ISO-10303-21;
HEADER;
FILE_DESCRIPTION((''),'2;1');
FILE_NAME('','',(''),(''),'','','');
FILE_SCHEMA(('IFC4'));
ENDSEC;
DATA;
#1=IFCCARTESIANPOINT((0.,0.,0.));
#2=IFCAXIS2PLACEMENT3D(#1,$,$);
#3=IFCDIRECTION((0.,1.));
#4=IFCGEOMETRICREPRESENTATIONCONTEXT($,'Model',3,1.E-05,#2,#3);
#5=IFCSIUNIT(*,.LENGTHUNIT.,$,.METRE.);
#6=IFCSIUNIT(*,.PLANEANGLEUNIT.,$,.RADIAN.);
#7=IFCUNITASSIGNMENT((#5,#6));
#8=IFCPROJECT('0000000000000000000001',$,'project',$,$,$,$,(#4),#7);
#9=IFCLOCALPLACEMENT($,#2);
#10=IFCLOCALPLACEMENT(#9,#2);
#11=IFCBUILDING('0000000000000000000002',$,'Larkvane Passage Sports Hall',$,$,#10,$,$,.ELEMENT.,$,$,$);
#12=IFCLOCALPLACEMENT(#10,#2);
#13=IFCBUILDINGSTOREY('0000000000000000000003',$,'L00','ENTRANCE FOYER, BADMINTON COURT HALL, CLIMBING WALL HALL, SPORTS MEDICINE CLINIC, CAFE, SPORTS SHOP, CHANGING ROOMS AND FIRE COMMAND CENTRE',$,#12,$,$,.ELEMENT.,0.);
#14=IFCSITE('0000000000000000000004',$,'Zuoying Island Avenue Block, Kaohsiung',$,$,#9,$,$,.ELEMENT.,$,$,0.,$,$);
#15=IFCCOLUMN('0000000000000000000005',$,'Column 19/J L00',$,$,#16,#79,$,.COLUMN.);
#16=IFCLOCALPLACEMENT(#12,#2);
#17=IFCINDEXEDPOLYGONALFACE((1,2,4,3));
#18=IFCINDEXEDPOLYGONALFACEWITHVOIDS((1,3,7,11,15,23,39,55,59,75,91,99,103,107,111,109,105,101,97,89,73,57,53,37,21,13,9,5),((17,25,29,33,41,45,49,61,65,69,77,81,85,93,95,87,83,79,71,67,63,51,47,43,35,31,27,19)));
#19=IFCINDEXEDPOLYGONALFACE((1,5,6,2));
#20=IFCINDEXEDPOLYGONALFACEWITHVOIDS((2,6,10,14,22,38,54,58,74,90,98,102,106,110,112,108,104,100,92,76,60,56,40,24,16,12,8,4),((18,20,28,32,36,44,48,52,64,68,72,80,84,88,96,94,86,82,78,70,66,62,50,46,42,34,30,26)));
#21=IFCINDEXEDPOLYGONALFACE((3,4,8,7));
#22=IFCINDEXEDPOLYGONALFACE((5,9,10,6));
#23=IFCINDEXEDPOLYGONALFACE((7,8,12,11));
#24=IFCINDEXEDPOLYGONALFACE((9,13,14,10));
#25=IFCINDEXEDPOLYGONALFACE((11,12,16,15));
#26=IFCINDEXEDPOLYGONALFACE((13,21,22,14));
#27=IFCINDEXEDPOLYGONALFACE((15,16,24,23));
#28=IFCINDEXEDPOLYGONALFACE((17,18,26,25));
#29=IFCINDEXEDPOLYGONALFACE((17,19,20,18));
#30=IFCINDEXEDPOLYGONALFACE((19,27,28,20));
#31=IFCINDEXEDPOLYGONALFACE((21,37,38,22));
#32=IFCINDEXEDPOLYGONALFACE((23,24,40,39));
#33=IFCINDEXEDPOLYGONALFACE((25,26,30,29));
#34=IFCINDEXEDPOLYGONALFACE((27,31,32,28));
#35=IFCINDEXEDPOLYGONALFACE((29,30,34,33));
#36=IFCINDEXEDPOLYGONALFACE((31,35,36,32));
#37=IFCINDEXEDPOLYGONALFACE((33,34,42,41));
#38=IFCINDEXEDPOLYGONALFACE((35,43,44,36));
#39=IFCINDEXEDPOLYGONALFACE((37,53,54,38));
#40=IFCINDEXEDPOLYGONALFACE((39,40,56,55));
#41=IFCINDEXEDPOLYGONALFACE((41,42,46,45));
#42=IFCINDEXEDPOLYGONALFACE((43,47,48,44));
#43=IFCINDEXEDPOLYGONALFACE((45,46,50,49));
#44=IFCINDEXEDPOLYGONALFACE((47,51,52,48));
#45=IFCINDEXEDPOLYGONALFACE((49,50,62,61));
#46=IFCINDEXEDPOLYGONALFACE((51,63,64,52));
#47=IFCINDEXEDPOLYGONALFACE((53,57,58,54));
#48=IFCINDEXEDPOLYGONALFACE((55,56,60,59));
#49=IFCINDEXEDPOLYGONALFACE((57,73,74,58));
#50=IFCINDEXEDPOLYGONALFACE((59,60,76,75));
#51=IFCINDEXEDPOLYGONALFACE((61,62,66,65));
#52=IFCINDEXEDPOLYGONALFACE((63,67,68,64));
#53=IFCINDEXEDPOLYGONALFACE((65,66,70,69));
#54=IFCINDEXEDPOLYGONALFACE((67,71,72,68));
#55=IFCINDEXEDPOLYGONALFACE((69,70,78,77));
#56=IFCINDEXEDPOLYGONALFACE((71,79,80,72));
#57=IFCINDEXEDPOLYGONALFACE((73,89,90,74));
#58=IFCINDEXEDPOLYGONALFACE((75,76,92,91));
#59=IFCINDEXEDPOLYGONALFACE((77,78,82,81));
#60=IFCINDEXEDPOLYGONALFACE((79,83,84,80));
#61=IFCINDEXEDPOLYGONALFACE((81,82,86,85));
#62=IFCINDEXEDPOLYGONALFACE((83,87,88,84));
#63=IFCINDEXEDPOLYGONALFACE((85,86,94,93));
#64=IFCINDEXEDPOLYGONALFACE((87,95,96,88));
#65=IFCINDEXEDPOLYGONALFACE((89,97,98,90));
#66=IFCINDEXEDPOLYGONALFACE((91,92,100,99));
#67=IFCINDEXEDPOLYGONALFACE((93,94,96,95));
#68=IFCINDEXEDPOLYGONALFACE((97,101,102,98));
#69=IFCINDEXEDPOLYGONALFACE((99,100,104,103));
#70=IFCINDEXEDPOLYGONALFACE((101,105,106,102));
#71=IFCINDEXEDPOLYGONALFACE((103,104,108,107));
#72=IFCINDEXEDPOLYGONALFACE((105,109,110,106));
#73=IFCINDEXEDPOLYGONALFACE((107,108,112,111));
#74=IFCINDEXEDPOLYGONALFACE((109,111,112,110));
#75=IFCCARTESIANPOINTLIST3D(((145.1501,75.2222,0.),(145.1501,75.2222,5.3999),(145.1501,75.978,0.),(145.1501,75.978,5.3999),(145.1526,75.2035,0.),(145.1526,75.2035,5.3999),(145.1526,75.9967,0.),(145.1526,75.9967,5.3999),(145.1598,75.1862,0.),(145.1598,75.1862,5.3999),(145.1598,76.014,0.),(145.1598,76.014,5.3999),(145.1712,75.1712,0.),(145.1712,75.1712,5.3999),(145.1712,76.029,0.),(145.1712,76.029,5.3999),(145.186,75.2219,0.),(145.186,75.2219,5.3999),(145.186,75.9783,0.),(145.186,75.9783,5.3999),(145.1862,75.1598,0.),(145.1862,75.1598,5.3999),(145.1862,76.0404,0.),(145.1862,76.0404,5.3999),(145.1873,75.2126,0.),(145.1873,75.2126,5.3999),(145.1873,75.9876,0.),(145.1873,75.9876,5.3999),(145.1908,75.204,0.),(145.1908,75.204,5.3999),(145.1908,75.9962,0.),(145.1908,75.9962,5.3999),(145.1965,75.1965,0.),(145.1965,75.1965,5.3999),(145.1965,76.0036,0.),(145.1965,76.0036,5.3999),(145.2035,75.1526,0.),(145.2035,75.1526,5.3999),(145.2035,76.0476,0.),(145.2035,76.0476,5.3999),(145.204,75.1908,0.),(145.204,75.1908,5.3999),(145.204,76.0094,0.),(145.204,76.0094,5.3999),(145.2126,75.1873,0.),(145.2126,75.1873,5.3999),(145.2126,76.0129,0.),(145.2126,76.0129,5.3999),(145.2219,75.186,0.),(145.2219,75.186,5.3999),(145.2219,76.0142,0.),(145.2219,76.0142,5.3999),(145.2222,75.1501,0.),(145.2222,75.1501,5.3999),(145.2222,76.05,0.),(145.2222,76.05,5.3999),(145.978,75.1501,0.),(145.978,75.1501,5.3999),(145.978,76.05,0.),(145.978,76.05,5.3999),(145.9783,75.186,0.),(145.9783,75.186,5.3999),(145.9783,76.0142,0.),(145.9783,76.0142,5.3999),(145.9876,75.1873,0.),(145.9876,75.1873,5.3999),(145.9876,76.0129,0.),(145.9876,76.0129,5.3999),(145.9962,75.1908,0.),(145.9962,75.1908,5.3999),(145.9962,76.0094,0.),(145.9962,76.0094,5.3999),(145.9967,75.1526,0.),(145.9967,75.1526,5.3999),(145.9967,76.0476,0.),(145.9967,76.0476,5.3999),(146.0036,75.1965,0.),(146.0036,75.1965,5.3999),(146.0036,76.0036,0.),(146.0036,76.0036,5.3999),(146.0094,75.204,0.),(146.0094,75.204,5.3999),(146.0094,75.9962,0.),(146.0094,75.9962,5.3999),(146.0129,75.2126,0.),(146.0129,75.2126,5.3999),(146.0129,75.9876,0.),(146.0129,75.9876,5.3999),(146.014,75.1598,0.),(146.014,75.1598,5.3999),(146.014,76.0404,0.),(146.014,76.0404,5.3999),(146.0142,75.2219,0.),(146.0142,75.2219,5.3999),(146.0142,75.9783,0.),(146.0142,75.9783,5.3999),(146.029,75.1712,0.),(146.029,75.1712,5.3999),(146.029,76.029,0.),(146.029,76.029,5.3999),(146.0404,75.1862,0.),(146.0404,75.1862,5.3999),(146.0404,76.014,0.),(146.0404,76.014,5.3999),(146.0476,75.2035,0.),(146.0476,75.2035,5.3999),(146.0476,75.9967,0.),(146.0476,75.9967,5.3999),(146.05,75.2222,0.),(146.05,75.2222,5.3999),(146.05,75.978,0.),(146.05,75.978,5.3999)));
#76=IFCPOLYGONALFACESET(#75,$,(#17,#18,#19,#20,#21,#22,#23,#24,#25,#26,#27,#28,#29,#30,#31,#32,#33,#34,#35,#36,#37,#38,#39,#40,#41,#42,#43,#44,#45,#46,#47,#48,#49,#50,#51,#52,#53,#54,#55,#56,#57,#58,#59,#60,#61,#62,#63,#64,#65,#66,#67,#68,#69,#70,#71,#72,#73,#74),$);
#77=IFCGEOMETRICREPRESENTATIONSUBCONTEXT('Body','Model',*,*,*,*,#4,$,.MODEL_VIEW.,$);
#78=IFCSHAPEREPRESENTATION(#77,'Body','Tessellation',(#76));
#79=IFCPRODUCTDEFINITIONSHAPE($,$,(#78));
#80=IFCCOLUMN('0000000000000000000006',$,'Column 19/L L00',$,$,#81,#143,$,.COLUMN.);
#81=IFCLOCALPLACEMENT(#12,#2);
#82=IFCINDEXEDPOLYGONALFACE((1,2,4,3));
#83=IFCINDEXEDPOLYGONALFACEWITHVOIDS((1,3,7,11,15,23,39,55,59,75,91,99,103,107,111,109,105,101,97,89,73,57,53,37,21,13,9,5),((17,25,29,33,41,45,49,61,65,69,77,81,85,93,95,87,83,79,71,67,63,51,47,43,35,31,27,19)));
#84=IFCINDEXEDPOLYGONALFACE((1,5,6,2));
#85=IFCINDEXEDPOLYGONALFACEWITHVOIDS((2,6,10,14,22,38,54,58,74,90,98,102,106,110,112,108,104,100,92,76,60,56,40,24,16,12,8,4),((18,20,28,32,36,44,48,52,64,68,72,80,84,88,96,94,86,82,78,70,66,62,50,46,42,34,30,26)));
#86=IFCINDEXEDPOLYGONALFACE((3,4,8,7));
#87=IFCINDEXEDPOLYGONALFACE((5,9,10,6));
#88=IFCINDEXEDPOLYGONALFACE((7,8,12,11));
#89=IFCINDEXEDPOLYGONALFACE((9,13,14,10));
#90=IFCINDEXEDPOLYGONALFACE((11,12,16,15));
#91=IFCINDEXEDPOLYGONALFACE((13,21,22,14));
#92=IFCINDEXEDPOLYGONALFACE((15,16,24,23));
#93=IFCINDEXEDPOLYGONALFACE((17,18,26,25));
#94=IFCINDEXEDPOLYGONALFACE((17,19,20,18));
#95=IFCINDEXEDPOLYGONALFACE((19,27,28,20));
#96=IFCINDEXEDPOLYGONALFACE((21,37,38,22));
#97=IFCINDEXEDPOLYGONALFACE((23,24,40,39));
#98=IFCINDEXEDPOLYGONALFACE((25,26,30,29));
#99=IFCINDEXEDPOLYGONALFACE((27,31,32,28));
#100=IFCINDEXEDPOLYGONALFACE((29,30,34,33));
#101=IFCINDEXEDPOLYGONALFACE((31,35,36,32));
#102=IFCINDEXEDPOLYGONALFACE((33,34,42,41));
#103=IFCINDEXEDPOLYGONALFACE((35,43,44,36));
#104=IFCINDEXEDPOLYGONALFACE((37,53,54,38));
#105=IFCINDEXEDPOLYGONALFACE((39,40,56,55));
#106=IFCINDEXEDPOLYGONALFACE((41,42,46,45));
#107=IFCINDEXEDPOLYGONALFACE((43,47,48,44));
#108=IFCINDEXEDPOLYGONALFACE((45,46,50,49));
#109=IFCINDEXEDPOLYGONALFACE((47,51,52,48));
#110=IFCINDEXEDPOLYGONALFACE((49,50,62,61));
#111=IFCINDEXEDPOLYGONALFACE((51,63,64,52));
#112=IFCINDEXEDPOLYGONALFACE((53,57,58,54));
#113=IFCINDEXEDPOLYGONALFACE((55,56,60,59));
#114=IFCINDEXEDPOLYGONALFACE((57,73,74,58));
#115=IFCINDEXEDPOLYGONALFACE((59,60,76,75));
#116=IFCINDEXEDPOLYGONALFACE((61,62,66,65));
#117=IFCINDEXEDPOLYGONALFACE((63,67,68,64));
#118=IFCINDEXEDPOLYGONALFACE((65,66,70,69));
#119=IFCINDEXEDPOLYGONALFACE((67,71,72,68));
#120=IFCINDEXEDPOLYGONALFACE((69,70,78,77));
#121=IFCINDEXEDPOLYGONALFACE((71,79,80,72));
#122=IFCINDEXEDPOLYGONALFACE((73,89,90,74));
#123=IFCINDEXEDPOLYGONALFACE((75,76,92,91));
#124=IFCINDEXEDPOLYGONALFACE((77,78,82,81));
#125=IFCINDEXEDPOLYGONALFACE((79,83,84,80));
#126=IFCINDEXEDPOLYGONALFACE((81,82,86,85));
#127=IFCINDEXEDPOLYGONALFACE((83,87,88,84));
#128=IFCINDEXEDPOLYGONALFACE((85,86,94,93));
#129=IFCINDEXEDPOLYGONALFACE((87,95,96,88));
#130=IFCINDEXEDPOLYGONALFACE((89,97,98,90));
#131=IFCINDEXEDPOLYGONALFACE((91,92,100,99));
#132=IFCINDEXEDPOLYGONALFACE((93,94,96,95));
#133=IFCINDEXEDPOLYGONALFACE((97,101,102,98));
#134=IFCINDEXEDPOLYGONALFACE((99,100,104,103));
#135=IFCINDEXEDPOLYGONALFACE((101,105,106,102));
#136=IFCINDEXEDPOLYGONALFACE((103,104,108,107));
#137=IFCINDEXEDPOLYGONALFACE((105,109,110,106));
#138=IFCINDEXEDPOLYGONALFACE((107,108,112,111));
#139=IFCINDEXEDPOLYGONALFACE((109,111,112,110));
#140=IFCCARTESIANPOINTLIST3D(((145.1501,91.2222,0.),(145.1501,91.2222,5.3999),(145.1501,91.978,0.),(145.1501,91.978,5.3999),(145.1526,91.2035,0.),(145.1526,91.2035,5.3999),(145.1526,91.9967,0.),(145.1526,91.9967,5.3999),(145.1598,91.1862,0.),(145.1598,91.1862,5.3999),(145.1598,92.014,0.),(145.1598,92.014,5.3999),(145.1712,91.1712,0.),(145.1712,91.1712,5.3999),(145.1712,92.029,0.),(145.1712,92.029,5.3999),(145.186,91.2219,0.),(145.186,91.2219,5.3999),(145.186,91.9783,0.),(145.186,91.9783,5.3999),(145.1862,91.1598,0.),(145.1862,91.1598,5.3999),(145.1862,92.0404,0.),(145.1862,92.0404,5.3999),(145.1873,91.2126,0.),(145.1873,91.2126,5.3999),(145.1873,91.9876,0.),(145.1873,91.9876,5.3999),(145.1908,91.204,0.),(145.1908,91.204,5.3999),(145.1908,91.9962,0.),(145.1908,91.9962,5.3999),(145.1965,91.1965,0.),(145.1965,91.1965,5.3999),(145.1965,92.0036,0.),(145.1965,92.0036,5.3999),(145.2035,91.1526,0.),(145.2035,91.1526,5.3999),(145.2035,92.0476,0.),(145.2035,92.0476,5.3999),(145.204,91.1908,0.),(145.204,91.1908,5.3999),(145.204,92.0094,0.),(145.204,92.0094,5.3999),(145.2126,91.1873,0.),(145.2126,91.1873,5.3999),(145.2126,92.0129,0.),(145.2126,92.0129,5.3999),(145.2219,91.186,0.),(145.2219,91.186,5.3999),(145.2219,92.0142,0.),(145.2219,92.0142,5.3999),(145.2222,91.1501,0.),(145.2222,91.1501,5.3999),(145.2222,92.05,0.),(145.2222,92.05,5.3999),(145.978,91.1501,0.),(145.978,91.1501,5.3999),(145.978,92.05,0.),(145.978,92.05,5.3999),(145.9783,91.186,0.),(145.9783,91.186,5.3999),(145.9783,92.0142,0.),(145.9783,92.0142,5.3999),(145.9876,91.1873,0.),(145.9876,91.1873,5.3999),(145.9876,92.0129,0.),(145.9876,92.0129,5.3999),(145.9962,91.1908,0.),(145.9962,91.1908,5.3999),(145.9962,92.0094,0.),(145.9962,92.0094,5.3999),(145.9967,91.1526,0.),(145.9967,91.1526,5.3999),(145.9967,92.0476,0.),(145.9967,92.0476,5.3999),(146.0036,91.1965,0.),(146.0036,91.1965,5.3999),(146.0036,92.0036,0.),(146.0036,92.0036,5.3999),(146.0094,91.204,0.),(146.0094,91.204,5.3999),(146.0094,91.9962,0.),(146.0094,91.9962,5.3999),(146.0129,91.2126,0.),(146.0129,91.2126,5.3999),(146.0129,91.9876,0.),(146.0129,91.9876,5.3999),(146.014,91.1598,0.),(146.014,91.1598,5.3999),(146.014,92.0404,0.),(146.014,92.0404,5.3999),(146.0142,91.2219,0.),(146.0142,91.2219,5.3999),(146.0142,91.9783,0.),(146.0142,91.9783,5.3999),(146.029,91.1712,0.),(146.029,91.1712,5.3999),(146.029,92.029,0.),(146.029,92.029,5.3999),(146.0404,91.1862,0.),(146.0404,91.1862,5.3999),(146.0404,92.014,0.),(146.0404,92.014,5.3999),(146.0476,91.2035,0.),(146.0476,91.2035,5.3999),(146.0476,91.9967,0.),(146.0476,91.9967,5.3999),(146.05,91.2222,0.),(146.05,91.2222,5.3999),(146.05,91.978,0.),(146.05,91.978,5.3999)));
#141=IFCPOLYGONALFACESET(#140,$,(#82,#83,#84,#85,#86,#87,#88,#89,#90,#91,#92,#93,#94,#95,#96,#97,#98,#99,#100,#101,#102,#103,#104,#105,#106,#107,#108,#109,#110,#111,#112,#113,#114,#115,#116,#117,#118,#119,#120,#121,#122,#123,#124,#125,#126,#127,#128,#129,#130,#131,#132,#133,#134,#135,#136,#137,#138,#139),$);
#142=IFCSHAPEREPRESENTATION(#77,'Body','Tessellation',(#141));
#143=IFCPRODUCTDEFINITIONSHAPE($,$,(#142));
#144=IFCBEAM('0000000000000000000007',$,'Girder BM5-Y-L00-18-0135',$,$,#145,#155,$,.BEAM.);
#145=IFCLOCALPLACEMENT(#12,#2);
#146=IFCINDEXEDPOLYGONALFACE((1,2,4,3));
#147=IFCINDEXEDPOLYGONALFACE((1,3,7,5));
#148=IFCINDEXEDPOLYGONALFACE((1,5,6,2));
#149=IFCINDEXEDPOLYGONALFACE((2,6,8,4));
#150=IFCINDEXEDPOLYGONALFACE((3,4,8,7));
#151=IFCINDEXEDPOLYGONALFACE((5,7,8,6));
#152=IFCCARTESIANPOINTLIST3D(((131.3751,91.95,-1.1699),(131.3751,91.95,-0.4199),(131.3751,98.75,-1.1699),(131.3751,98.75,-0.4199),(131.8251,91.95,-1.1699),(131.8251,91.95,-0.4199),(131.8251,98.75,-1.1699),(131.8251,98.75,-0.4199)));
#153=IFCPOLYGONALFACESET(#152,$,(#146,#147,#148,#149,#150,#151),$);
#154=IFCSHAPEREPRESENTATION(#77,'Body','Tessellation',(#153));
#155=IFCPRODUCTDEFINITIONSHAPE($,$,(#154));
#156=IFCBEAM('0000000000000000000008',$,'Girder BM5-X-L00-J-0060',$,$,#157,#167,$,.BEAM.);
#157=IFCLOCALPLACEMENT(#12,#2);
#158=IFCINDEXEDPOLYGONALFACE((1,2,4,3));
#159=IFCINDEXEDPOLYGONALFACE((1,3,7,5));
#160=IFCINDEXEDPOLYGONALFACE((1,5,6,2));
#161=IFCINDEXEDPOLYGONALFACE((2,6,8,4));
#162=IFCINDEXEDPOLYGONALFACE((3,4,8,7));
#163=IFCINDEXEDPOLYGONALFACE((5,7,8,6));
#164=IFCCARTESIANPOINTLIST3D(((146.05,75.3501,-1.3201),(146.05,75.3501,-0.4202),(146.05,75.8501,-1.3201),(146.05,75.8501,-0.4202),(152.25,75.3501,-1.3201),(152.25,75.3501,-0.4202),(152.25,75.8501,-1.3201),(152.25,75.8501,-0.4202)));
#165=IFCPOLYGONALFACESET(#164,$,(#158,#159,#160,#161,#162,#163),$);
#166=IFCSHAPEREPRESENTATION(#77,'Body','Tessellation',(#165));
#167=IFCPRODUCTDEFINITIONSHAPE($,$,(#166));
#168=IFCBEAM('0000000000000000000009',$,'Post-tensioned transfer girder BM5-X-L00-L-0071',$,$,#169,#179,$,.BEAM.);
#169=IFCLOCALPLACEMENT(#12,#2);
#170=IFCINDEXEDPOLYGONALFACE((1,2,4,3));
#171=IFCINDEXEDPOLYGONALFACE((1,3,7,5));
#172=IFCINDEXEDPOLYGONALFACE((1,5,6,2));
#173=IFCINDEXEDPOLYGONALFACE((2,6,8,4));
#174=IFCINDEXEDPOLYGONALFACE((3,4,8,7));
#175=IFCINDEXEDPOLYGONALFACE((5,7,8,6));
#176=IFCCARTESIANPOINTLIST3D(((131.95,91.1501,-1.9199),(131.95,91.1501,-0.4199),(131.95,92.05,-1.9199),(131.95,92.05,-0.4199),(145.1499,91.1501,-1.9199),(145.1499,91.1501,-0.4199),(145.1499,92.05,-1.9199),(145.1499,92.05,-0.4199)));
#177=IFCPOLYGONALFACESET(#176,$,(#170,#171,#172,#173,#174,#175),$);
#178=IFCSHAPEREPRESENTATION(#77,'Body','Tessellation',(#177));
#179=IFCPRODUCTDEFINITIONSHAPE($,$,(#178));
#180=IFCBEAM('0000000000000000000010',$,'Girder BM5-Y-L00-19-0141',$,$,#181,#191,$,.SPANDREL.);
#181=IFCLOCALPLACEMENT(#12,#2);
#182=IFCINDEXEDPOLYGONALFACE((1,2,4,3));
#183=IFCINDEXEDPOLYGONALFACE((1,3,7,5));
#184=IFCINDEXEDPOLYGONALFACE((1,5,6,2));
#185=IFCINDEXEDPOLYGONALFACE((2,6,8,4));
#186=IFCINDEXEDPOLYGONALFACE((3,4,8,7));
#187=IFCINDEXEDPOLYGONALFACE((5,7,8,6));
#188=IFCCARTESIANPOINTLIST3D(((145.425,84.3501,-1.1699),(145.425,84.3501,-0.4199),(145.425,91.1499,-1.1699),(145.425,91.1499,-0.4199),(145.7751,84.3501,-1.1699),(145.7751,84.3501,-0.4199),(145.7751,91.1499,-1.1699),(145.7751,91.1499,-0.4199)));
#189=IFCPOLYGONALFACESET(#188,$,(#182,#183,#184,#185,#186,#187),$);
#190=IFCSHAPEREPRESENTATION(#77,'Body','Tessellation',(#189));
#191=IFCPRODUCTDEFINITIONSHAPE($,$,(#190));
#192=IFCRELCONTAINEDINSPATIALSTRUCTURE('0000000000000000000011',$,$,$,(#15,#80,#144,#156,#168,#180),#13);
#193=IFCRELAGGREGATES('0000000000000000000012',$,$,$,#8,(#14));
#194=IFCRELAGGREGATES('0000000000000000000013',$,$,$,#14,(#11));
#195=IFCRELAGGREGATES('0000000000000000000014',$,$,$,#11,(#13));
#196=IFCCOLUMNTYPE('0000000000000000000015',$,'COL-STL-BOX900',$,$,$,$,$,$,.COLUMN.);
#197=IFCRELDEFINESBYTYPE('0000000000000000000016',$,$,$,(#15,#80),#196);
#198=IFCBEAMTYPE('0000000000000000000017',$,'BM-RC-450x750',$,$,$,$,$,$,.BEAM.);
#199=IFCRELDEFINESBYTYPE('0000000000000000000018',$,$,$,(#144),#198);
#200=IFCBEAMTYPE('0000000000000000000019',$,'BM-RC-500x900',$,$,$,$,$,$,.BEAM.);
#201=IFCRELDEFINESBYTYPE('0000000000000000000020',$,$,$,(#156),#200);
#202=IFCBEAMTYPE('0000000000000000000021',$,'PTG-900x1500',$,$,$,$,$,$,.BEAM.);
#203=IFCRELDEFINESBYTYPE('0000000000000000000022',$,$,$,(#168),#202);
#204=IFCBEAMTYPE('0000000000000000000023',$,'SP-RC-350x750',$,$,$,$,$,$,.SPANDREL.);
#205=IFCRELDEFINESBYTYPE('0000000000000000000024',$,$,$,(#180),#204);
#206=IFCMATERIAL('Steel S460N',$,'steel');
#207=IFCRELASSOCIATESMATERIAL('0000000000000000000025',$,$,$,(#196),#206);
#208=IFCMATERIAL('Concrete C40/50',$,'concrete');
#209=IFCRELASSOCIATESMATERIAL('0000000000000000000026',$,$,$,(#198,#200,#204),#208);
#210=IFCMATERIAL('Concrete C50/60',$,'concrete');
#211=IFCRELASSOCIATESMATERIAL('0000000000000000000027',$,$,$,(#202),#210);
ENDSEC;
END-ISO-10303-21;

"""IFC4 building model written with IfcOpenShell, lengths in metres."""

from ifc_helpers import new_model, si_unit, direction, frame, origin, origin_2d, place, context, subcontext, project, spatial, rectangle, hollow_rectangle, extrude, material, material_profile, profile_set, type_object, element, save


model = new_model("IFC4")

# Units and contexts
model_context = context("Model", 3, precision=1e-05, world=origin(), true_north=direction((0.0, 1.0)))
body_context = subcontext(model_context, "Body", "Model", "MODEL_VIEW")
ifc_project = project(units=[si_unit("LENGTHUNIT", "METRE"), si_unit("PLANEANGLEUNIT", "RADIAN")], contexts=[model_context])

# Site, building, storey
site_placement = place(None, origin())
site = spatial("IfcSite", under=ifc_project, at=site_placement, Name="Zuoying Island Avenue Block, Kaohsiung", CompositionType="ELEMENT", RefElevation=0.0)
building_placement = place(site_placement, origin())
building = spatial("IfcBuilding", under=site, at=building_placement, Name="Larkvane Passage Sports Hall", CompositionType="ELEMENT")
storey_placement = place(building_placement, origin())
storey = spatial("IfcBuildingStorey", under=building, at=storey_placement, Name="L00", Description="ENTRANCE FOYER, BADMINTON COURT HALL, CLIMBING WALL HALL, SPORTS MEDICINE CLINIC, CAFE, SPORTS SHOP, CHANGING ROOMS AND FIRE COMMAND CENTRE", CompositionType="ELEMENT", Elevation=0.0)

# Columns
ifc_material_1 = material(Name="Steel S460N", Category="steel")
ifc_material_profile_1 = material_profile(ifc_material_1, hollow_rectangle(XDim=0.8999, YDim=0.8999, WallThickness=0.0359, InnerFilletRadius=0.0359, OuterFilletRadius=0.072, at=origin_2d()), Name="BOX-900x900x36")
ifc_profile_set_1 = profile_set([ifc_material_profile_1], Name="Steel S460N")
column_type_1 = type_object("IfcColumnType", Name="COL-STL-BOX900", PredefinedType="COLUMN", material=ifc_profile_set_1)
for number, where, z_axis, x_axis, name in (
    (1, (145.6001, 75.6001, 0.0), (0.0, 0.0, 1.0), (1.0, 0.0, 0.0), "Column 19/J L00"),
    (2, (145.6001, 91.6001, 0.0), (0.0, 0.0, 1.0), (1.0, 0.0, 0.0), "Column 19/L L00"),
):
    element("IfcColumn", number, at=place(storey_placement, frame(where, z_axis=z_axis, x_axis=x_axis)), inside=storey, type_object=column_type_1, Name=name, PredefinedType="COLUMN", context=body_context, shape_type="SweptSolid", body=[
        extrude(hollow_rectangle(XDim=0.8999, YDim=0.8999, WallThickness=0.0359, InnerFilletRadius=0.0359, OuterFilletRadius=0.072, at=origin_2d()), origin(), (0.0, 0.0, 1.0), 5.3999),
    ])

# Beams
ifc_material_2 = material(Name="Concrete C40/50", Category="concrete")
ifc_material_profile_2 = material_profile(ifc_material_2, rectangle(XDim=0.45, YDim=0.75, at=origin_2d()), Name="RC-BM-450x750")
ifc_profile_set_2 = profile_set([ifc_material_profile_2], Name="Concrete C40/50")
beam_type_1 = type_object("IfcBeamType", Name="BM-RC-450x750", PredefinedType="BEAM", material=ifc_profile_set_2)
beam_1_placement = place(storey_placement, frame((131.6001, 91.95, -0.7949), z_axis=(0.0, 1.0, 0.0), x_axis=(-1.0, 0.0, 0.0)))
element("IfcBeam", 3, at=beam_1_placement, inside=storey, type_object=beam_type_1, Name="Girder BM5-Y-L00-18-0135", PredefinedType="BEAM", context=body_context, shape_type="SweptSolid", body=[
    extrude(rectangle(XDim=0.45, YDim=0.75, at=origin_2d()), origin(), (0.0, 0.0, 1.0), 6.8),
])
ifc_material_profile_3 = material_profile(ifc_material_2, rectangle(XDim=0.5, YDim=0.8999, at=origin_2d()), Name="RC-BM-500x900")
ifc_profile_set_3 = profile_set([ifc_material_profile_3], Name="Concrete C40/50")
beam_type_2 = type_object("IfcBeamType", Name="BM-RC-500x900", PredefinedType="BEAM", material=ifc_profile_set_3)
beam_2_placement = place(storey_placement, frame((146.05, 75.6001, -0.8701), z_axis=(1.0, 0.0, 0.0), x_axis=(0.0, 1.0, 0.0)))
element("IfcBeam", 4, at=beam_2_placement, inside=storey, type_object=beam_type_2, Name="Girder BM5-X-L00-J-0060", PredefinedType="BEAM", context=body_context, shape_type="SweptSolid", body=[
    extrude(rectangle(XDim=0.5, YDim=0.8999, at=origin_2d()), origin(), (0.0, 0.0, 1.0), 6.2),
])
ifc_material_3 = material(Name="Concrete C50/60", Category="concrete")
ifc_material_profile_4 = material_profile(ifc_material_3, rectangle(XDim=0.8999, YDim=1.5, at=origin_2d()), Name="PT-GIR-900x1500")
ifc_profile_set_4 = profile_set([ifc_material_profile_4], Name="Concrete C50/60")
beam_type_3 = type_object("IfcBeamType", Name="PTG-900x1500", PredefinedType="BEAM", material=ifc_profile_set_4)
beam_3_placement = place(storey_placement, frame((131.95, 91.6001, -1.1699), z_axis=(1.0, 0.0, 0.0), x_axis=(0.0, 1.0, 0.0)))
element("IfcBeam", 5, at=beam_3_placement, inside=storey, type_object=beam_type_3, Name="Post-tensioned transfer girder BM5-X-L00-L-0071", PredefinedType="BEAM", context=body_context, shape_type="SweptSolid", body=[
    extrude(rectangle(XDim=0.8999, YDim=1.5, at=origin_2d()), origin(), (0.0, 0.0, 1.0), 13.2),
])
ifc_material_profile_5 = material_profile(ifc_material_2, rectangle(XDim=0.3501, YDim=0.75, at=origin_2d()), Name="RC-SP-350x750")
ifc_profile_set_5 = profile_set([ifc_material_profile_5], Name="Concrete C40/50")
beam_type_4 = type_object("IfcBeamType", Name="SP-RC-350x750", PredefinedType="SPANDREL", material=ifc_profile_set_5)
beam_4_placement = place(storey_placement, frame((145.6001, 84.3501, -0.7949), z_axis=(0.0, 1.0, 0.0), x_axis=(-1.0, 0.0, 0.0)))
element("IfcBeam", 6, at=beam_4_placement, inside=storey, type_object=beam_type_4, Name="Girder BM5-Y-L00-19-0141", PredefinedType="SPANDREL", context=body_context, shape_type="SweptSolid", body=[
    extrude(rectangle(XDim=0.3501, YDim=0.75, at=origin_2d()), origin(), (0.0, 0.0, 1.0), 6.7998),
])

save(model, "model.ifc")
